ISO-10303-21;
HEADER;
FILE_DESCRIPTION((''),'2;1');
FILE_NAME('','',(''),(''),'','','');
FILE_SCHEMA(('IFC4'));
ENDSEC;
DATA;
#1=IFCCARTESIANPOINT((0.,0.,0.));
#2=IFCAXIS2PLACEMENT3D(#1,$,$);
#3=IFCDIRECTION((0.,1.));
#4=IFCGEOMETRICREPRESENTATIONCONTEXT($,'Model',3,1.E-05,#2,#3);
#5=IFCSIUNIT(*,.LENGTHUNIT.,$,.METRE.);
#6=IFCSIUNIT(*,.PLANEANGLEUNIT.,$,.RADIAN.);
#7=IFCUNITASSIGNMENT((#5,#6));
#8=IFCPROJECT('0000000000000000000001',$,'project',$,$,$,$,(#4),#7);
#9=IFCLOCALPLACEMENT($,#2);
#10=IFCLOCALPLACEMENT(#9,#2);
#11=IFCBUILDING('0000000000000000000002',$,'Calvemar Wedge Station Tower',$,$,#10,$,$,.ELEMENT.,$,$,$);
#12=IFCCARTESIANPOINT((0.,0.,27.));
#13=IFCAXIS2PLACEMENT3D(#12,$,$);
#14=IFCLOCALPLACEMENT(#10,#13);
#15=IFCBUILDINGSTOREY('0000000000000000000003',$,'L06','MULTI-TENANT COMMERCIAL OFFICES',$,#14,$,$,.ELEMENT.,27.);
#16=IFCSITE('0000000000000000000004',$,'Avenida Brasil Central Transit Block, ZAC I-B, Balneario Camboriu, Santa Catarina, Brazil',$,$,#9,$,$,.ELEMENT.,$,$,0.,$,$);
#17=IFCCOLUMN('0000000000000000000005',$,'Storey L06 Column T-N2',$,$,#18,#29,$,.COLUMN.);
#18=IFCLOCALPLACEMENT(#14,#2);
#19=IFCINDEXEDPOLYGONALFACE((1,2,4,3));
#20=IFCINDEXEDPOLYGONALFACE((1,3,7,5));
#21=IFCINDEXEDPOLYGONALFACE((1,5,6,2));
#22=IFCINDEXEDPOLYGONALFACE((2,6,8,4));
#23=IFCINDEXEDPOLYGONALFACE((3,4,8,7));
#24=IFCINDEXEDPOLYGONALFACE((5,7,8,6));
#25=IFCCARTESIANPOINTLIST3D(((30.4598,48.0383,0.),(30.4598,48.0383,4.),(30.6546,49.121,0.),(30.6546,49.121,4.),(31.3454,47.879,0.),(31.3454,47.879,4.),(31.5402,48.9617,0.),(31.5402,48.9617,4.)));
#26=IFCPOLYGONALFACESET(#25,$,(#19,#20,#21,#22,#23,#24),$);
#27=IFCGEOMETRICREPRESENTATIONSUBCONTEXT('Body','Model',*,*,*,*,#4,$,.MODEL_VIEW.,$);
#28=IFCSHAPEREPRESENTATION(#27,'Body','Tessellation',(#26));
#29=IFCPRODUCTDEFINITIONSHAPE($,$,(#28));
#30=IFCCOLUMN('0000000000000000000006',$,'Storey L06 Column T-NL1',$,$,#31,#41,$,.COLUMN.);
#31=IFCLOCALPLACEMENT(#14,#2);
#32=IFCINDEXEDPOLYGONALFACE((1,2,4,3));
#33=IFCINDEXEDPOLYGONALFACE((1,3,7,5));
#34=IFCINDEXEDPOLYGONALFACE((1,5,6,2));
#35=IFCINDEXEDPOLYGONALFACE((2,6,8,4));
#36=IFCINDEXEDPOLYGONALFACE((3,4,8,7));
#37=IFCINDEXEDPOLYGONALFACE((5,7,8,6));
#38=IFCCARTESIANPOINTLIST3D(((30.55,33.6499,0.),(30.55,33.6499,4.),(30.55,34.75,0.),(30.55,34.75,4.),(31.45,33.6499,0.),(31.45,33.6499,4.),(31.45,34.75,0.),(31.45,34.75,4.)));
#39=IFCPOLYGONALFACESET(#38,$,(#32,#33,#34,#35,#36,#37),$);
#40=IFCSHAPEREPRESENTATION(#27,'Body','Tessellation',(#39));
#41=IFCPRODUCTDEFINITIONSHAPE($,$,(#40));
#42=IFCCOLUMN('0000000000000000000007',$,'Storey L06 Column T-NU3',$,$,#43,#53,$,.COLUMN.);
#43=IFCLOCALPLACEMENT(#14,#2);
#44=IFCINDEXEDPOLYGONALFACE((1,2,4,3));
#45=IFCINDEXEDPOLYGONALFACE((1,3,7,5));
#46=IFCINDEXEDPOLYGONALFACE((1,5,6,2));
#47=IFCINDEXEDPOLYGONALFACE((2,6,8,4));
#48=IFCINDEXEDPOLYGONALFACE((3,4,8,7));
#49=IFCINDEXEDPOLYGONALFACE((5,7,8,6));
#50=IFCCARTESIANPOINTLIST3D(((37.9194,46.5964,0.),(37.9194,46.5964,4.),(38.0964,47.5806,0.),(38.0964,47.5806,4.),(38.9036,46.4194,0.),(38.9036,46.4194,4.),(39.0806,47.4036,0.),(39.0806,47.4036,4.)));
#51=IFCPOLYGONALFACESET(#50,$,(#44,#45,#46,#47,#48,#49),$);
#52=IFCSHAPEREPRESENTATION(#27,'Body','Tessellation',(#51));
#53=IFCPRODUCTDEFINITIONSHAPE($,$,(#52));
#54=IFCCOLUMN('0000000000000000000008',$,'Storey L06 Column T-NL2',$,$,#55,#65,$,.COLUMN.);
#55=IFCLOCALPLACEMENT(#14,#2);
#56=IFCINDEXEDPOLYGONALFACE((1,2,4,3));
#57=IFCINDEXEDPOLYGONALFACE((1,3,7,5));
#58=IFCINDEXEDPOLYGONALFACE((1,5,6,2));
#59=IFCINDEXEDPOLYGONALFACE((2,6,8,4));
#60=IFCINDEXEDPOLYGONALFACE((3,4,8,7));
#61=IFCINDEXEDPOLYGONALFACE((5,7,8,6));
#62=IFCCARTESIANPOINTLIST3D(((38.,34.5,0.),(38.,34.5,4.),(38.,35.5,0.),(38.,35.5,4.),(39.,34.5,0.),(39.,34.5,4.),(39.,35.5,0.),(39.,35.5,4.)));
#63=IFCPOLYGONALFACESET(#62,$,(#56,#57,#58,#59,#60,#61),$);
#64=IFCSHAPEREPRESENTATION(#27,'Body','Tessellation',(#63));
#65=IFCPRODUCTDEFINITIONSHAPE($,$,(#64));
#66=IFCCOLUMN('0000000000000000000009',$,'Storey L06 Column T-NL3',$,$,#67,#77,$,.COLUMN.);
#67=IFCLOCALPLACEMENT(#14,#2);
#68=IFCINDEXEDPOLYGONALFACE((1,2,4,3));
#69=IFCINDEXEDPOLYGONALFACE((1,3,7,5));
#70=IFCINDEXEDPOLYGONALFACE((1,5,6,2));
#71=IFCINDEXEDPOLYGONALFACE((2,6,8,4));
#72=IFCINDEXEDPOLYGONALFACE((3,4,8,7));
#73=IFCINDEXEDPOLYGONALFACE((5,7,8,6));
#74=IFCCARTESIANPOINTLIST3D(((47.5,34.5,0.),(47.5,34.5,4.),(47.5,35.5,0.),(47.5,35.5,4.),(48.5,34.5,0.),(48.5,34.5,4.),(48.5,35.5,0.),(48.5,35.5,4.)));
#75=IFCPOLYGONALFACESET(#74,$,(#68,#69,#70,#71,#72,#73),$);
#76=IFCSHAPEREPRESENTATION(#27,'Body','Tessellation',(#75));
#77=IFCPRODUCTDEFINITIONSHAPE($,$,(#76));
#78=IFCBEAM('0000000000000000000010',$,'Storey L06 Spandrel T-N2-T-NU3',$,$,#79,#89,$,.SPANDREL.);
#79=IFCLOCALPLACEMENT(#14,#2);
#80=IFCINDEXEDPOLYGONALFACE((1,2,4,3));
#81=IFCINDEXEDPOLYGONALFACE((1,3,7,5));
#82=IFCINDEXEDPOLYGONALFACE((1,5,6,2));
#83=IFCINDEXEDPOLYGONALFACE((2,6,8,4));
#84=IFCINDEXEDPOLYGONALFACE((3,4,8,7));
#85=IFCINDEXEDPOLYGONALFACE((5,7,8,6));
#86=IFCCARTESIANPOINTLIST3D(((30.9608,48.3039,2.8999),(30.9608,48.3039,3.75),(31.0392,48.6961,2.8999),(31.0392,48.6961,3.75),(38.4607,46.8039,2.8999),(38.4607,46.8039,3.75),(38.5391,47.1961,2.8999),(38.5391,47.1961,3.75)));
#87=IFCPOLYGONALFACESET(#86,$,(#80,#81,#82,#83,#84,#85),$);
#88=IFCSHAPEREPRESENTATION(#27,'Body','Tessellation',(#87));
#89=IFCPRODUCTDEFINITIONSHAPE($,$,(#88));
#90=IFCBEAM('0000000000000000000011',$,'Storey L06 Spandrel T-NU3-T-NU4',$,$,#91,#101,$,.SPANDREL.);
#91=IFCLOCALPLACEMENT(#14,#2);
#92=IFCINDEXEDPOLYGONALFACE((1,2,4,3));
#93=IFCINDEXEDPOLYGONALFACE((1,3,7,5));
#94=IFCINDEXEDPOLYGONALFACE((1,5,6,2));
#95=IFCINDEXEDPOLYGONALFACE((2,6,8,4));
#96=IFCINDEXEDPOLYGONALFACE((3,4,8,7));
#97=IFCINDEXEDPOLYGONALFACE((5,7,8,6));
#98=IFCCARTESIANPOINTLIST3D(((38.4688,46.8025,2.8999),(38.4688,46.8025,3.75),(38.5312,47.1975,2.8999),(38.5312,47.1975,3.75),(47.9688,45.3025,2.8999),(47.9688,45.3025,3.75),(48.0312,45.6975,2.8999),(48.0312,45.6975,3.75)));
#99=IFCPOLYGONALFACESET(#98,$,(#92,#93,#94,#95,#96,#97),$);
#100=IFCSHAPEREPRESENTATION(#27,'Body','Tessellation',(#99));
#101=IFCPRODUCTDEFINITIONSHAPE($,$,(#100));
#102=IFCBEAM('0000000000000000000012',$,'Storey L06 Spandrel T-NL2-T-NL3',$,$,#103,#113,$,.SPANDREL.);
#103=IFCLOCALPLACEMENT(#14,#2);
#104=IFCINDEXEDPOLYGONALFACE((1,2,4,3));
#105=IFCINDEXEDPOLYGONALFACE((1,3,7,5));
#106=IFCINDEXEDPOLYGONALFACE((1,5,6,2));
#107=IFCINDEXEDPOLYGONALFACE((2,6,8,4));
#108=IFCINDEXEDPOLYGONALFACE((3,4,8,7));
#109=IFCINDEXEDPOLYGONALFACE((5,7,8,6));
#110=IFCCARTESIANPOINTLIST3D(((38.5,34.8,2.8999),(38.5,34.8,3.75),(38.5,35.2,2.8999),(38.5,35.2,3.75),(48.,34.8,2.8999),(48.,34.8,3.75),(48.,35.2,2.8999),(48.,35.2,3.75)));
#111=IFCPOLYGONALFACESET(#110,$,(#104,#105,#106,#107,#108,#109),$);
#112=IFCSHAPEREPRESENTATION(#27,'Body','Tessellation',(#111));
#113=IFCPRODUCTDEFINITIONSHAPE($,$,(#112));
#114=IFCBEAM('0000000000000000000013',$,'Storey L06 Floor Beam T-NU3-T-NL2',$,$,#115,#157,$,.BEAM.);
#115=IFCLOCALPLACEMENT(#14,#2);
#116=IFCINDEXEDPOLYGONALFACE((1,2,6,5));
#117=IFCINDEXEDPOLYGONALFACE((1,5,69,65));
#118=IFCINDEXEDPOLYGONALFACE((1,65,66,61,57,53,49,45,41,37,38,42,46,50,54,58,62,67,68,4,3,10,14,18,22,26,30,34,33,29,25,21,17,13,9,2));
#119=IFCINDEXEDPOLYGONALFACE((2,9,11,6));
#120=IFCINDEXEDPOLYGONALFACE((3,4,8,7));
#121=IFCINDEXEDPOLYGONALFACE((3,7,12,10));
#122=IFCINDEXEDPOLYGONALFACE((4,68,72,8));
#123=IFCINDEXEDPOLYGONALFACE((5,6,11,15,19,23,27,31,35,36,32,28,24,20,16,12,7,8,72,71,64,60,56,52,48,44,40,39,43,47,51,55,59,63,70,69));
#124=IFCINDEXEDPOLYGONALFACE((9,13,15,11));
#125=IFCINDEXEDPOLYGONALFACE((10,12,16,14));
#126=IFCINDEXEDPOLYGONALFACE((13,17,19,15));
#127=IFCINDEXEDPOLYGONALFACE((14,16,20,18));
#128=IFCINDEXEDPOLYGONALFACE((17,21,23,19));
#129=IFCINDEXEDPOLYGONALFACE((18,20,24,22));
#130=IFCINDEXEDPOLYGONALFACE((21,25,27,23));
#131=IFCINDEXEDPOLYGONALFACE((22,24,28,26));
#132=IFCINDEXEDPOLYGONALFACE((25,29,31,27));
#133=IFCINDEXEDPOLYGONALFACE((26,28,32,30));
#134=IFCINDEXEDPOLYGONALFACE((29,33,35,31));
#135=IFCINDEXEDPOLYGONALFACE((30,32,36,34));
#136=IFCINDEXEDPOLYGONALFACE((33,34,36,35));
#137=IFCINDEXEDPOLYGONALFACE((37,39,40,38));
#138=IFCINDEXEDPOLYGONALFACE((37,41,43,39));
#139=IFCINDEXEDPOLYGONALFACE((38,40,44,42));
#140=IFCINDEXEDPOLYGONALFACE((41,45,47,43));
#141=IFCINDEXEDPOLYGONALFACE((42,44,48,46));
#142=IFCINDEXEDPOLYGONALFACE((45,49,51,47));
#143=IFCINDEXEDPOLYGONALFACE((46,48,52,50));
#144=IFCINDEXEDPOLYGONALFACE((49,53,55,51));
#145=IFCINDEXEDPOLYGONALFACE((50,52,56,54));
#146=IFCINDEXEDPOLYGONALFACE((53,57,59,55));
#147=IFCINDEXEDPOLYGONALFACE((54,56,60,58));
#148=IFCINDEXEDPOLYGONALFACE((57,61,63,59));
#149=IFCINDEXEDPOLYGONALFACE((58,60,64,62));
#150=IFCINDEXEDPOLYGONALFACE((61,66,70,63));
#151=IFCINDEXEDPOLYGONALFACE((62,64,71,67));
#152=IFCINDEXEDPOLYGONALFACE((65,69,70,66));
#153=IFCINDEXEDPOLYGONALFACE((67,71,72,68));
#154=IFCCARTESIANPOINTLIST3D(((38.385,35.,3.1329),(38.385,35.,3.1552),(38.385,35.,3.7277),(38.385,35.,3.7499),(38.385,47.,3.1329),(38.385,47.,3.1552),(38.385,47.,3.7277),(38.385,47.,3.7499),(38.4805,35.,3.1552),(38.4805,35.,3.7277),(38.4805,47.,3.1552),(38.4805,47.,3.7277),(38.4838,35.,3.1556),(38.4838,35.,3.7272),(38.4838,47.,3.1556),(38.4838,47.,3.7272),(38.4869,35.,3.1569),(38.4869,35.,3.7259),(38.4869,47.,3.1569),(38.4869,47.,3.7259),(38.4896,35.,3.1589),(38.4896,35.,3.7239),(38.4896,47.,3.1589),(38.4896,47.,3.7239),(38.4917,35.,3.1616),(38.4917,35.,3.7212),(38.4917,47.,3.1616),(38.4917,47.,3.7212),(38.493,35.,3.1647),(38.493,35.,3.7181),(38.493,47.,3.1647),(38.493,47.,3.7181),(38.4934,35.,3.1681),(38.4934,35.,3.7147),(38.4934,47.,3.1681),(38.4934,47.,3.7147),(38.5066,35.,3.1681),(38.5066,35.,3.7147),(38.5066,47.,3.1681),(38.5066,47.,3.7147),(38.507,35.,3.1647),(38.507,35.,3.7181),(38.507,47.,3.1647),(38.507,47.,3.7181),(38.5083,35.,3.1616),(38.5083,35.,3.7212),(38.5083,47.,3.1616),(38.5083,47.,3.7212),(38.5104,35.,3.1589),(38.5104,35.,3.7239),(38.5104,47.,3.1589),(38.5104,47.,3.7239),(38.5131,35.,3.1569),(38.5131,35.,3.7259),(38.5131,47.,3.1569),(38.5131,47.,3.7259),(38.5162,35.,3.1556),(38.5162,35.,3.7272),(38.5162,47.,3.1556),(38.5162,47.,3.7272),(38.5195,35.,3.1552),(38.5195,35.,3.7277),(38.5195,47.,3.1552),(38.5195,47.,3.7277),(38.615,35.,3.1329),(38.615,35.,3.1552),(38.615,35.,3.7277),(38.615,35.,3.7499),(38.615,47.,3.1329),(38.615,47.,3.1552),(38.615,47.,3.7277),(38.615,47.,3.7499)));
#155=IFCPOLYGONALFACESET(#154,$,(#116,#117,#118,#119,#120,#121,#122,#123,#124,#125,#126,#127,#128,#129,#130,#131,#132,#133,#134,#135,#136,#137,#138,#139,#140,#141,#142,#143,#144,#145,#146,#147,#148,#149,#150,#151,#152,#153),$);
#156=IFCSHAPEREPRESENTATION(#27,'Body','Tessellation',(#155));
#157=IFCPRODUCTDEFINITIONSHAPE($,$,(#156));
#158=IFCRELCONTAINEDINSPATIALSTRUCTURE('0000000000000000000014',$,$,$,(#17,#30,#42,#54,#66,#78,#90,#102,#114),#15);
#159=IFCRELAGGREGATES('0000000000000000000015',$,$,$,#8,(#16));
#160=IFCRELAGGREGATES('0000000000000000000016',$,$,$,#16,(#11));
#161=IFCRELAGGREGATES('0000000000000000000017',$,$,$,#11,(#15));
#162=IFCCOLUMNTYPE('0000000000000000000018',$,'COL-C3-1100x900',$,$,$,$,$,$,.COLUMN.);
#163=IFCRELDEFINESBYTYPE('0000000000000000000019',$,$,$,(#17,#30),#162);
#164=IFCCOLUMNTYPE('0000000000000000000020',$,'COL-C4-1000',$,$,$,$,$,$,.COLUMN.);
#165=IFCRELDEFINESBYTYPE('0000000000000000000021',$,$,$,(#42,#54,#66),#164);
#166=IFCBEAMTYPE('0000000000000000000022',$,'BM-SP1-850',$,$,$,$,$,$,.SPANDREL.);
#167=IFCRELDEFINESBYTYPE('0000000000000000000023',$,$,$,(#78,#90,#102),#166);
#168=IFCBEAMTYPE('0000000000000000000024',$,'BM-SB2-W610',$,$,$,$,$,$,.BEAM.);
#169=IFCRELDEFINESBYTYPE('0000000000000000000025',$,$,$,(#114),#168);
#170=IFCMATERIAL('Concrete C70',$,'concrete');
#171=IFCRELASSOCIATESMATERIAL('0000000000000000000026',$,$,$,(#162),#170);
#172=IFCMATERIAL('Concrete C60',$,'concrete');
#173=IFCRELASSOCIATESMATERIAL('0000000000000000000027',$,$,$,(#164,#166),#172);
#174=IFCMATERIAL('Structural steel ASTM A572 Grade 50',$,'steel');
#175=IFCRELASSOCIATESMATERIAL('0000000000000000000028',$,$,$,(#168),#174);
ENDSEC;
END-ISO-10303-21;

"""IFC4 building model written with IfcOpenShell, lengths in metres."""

from ifc_helpers import new_model, si_unit, direction, frame, origin, origin_2d, place, context, subcontext, project, spatial, rectangle, i_section, extrude, source, transform, mapped, material, material_profile, profile_set, type_object, element, save


model = new_model("IFC4")

# Units and contexts
model_context = context("Model", 3, precision=1e-05, world=origin(), true_north=direction((0.0, 1.0)))
body_context = subcontext(model_context, "Body", "Model", "MODEL_VIEW")
ifc_project = project(units=[si_unit("LENGTHUNIT", "METRE"), si_unit("PLANEANGLEUNIT", "RADIAN")], contexts=[model_context])

# Site, building, storey
site_placement = place(None, origin())
site = spatial("IfcSite", under=ifc_project, at=site_placement, Name="Avenida Brasil Central Transit Block, ZAC I-B, Balneario Camboriu, Santa Catarina, Brazil", CompositionType="ELEMENT", RefElevation=0.0)
building_placement = place(site_placement, origin())
building = spatial("IfcBuilding", under=site, at=building_placement, Name="Calvemar Wedge Station Tower", CompositionType="ELEMENT")
storey_placement = place(building_placement, frame((0.0, 0.0, 27.0)))
storey = spatial("IfcBuildingStorey", under=building, at=storey_placement, Name="L06", Description="MULTI-TENANT COMMERCIAL OFFICES", CompositionType="ELEMENT", Elevation=27.0)

# Columns
ifc_material_1 = material(Name="Concrete C70", Category="concrete")
ifc_material_profile_1 = material_profile(ifc_material_1, rectangle(XDim=0.8999, YDim=1.1001, at=origin_2d()), Name="RC1100x900")
ifc_profile_set_1 = profile_set([ifc_material_profile_1], Name="Concrete C70")
column_type_1 = type_object("IfcColumnType", Name="COL-C3-1100x900", PredefinedType="COLUMN", material=ifc_profile_set_1)
shared_shape_1 = source(origin(), body_context, "Body", "SweptSolid", [
    extrude(rectangle(XDim=0.8999, YDim=1.1001, at=origin_2d()), origin(), (0.0, 0.0, 1.0), 4.0),
])
for number, where, z_axis, x_axis, name in (
    (1, (31.0, 48.5, 0.0), (0.0, 0.0, 1.0), (0.984196, -0.177085, 0.0), "Storey L06 Column T-N2"),
    (2, (31.0, 34.2, 0.0), (0.0, 0.0, 1.0), (1.0, 0.0, 0.0), "Storey L06 Column T-NL1"),
):
    element("IfcColumn", number, at=place(storey_placement, frame(where, z_axis=z_axis, x_axis=x_axis)), inside=storey, type_object=column_type_1, Name=name, PredefinedType="COLUMN", context=body_context, shape_type="MappedRepresentation", body=[
        mapped(shared_shape_1, transform((0.0, 0.0, 0.0), scale=1.0)),
    ])
ifc_material_2 = material(Name="Concrete C60", Category="concrete")
ifc_material_profile_2 = material_profile(ifc_material_2, rectangle(XDim=1.0, YDim=1.0, at=origin_2d()), Name="RC1000x1000")
ifc_profile_set_2 = profile_set([ifc_material_profile_2], Name="Concrete C60")
column_type_2 = type_object("IfcColumnType", Name="COL-C4-1000", PredefinedType="COLUMN", material=ifc_profile_set_2)
shared_shape_2 = source(origin(), body_context, "Body", "SweptSolid", [
    extrude(rectangle(XDim=1.0, YDim=1.0, at=origin_2d()), origin(), (0.0, 0.0, 1.0), 4.0),
])
for number, where, z_axis, x_axis, name in (
    (3, (38.5, 47.0, 0.0), (0.0, 0.0, 1.0), (0.984196, -0.177085, 0.0), "Storey L06 Column T-NU3"),
    (4, (38.5, 35.0, 0.0), (0.0, 0.0, 1.0), (1.0, 0.0, 0.0), "Storey L06 Column T-NL2"),
    (5, (48.0, 35.0, 0.0), (0.0, 0.0, 1.0), (1.0, 0.0, 0.0), "Storey L06 Column T-NL3"),
):
    element("IfcColumn", number, at=place(storey_placement, frame(where, z_axis=z_axis, x_axis=x_axis)), inside=storey, type_object=column_type_2, Name=name, PredefinedType="COLUMN", context=body_context, shape_type="MappedRepresentation", body=[
        mapped(shared_shape_2, transform((0.0, 0.0, 0.0), scale=1.0)),
    ])

# Beams
ifc_material_profile_3 = material_profile(ifc_material_2, rectangle(XDim=0.3999, YDim=0.8501, at=origin_2d()), Name="RC400x850")
ifc_profile_set_3 = profile_set([ifc_material_profile_3], Name="Concrete C60")
beam_type_1 = type_object("IfcBeamType", Name="BM-SP1-850", PredefinedType="SPANDREL", material=ifc_profile_set_3)
shared_shape_3 = source(origin(), body_context, "Body", "SweptSolid", [
    extrude(rectangle(XDim=0.3999, YDim=0.8501, at=origin_2d()), origin(), (0.0, 0.0, 1.0), 7.6484),
])
beam_1_placement = place(storey_placement, frame((31.0, 48.5, 3.325), z_axis=(0.980581, -0.196116, 0.0), x_axis=(0.196116, 0.980581, 0.0)))
element("IfcBeam", 6, at=beam_1_placement, inside=storey, type_object=beam_type_1, Name="Storey L06 Spandrel T-N2-T-NU3", PredefinedType="SPANDREL", context=body_context, shape_type="MappedRepresentation", body=[
    mapped(shared_shape_3, transform((0.0, 0.0, 0.0), scale=1.0)),
])
shared_shape_4 = source(origin(), body_context, "Body", "SweptSolid", [
    extrude(rectangle(XDim=0.3999, YDim=0.8501, at=origin_2d()), origin(), (0.0, 0.0, 1.0), 9.6177),
])
beam_2_placement = place(storey_placement, frame((38.5, 47.0, 3.325), z_axis=(0.987763, -0.155963, 0.0), x_axis=(0.155963, 0.987763, 0.0)))
element("IfcBeam", 7, at=beam_2_placement, inside=storey, type_object=beam_type_1, Name="Storey L06 Spandrel T-NU3-T-NU4", PredefinedType="SPANDREL", context=body_context, shape_type="MappedRepresentation", body=[
    mapped(shared_shape_4, transform((0.0, 0.0, 0.0), scale=1.0)),
])
shared_shape_5 = source(origin(), body_context, "Body", "SweptSolid", [
    extrude(rectangle(XDim=0.3999, YDim=0.8501, at=origin_2d()), origin(), (0.0, 0.0, 1.0), 9.5),
])
beam_3_placement = place(storey_placement, frame((38.5, 35.0, 3.325), z_axis=(1.0, 0.0, 0.0), x_axis=(0.0, 1.0, 0.0)))
element("IfcBeam", 8, at=beam_3_placement, inside=storey, type_object=beam_type_1, Name="Storey L06 Spandrel T-NL2-T-NL3", PredefinedType="SPANDREL", context=body_context, shape_type="MappedRepresentation", body=[
    mapped(shared_shape_5, transform((0.0, 0.0, 0.0), scale=1.0)),
])
ifc_material_3 = material(Name="Structural steel ASTM A572 Grade 50", Category="steel")
ifc_material_profile_4 = material_profile(ifc_material_3, i_section(OverallWidth=0.23, OverallDepth=0.6169, WebThickness=0.0132, FlangeThickness=0.0222, FilletRadius=0.0129, at=origin_2d()), Name="W610x140")
ifc_profile_set_4 = profile_set([ifc_material_profile_4], Name="Structural steel ASTM A572 Grade 50")
beam_type_2 = type_object("IfcBeamType", Name="BM-SB2-W610", PredefinedType="BEAM", material=ifc_profile_set_4)
shared_shape_6 = source(origin(), body_context, "Body", "SweptSolid", [
    extrude(i_section(OverallWidth=0.23, OverallDepth=0.6169, WebThickness=0.0132, FlangeThickness=0.0222, FilletRadius=0.0129, at=origin_2d()), origin(), (0.0, 0.0, 1.0), 12.0),
])
beam_4_placement = place(storey_placement, frame((38.5, 47.0, 3.4414), z_axis=(0.0, -1.0, 0.0), x_axis=(1.0, 0.0, 0.0)))
element("IfcBeam", 9, at=beam_4_placement, inside=storey, type_object=beam_type_2, Name="Storey L06 Floor Beam T-NU3-T-NL2", PredefinedType="BEAM", context=body_context, shape_type="MappedRepresentation", body=[
    mapped(shared_shape_6, transform((0.0, 0.0, 0.0), scale=1.0)),
])

save(model, "model.ifc")
